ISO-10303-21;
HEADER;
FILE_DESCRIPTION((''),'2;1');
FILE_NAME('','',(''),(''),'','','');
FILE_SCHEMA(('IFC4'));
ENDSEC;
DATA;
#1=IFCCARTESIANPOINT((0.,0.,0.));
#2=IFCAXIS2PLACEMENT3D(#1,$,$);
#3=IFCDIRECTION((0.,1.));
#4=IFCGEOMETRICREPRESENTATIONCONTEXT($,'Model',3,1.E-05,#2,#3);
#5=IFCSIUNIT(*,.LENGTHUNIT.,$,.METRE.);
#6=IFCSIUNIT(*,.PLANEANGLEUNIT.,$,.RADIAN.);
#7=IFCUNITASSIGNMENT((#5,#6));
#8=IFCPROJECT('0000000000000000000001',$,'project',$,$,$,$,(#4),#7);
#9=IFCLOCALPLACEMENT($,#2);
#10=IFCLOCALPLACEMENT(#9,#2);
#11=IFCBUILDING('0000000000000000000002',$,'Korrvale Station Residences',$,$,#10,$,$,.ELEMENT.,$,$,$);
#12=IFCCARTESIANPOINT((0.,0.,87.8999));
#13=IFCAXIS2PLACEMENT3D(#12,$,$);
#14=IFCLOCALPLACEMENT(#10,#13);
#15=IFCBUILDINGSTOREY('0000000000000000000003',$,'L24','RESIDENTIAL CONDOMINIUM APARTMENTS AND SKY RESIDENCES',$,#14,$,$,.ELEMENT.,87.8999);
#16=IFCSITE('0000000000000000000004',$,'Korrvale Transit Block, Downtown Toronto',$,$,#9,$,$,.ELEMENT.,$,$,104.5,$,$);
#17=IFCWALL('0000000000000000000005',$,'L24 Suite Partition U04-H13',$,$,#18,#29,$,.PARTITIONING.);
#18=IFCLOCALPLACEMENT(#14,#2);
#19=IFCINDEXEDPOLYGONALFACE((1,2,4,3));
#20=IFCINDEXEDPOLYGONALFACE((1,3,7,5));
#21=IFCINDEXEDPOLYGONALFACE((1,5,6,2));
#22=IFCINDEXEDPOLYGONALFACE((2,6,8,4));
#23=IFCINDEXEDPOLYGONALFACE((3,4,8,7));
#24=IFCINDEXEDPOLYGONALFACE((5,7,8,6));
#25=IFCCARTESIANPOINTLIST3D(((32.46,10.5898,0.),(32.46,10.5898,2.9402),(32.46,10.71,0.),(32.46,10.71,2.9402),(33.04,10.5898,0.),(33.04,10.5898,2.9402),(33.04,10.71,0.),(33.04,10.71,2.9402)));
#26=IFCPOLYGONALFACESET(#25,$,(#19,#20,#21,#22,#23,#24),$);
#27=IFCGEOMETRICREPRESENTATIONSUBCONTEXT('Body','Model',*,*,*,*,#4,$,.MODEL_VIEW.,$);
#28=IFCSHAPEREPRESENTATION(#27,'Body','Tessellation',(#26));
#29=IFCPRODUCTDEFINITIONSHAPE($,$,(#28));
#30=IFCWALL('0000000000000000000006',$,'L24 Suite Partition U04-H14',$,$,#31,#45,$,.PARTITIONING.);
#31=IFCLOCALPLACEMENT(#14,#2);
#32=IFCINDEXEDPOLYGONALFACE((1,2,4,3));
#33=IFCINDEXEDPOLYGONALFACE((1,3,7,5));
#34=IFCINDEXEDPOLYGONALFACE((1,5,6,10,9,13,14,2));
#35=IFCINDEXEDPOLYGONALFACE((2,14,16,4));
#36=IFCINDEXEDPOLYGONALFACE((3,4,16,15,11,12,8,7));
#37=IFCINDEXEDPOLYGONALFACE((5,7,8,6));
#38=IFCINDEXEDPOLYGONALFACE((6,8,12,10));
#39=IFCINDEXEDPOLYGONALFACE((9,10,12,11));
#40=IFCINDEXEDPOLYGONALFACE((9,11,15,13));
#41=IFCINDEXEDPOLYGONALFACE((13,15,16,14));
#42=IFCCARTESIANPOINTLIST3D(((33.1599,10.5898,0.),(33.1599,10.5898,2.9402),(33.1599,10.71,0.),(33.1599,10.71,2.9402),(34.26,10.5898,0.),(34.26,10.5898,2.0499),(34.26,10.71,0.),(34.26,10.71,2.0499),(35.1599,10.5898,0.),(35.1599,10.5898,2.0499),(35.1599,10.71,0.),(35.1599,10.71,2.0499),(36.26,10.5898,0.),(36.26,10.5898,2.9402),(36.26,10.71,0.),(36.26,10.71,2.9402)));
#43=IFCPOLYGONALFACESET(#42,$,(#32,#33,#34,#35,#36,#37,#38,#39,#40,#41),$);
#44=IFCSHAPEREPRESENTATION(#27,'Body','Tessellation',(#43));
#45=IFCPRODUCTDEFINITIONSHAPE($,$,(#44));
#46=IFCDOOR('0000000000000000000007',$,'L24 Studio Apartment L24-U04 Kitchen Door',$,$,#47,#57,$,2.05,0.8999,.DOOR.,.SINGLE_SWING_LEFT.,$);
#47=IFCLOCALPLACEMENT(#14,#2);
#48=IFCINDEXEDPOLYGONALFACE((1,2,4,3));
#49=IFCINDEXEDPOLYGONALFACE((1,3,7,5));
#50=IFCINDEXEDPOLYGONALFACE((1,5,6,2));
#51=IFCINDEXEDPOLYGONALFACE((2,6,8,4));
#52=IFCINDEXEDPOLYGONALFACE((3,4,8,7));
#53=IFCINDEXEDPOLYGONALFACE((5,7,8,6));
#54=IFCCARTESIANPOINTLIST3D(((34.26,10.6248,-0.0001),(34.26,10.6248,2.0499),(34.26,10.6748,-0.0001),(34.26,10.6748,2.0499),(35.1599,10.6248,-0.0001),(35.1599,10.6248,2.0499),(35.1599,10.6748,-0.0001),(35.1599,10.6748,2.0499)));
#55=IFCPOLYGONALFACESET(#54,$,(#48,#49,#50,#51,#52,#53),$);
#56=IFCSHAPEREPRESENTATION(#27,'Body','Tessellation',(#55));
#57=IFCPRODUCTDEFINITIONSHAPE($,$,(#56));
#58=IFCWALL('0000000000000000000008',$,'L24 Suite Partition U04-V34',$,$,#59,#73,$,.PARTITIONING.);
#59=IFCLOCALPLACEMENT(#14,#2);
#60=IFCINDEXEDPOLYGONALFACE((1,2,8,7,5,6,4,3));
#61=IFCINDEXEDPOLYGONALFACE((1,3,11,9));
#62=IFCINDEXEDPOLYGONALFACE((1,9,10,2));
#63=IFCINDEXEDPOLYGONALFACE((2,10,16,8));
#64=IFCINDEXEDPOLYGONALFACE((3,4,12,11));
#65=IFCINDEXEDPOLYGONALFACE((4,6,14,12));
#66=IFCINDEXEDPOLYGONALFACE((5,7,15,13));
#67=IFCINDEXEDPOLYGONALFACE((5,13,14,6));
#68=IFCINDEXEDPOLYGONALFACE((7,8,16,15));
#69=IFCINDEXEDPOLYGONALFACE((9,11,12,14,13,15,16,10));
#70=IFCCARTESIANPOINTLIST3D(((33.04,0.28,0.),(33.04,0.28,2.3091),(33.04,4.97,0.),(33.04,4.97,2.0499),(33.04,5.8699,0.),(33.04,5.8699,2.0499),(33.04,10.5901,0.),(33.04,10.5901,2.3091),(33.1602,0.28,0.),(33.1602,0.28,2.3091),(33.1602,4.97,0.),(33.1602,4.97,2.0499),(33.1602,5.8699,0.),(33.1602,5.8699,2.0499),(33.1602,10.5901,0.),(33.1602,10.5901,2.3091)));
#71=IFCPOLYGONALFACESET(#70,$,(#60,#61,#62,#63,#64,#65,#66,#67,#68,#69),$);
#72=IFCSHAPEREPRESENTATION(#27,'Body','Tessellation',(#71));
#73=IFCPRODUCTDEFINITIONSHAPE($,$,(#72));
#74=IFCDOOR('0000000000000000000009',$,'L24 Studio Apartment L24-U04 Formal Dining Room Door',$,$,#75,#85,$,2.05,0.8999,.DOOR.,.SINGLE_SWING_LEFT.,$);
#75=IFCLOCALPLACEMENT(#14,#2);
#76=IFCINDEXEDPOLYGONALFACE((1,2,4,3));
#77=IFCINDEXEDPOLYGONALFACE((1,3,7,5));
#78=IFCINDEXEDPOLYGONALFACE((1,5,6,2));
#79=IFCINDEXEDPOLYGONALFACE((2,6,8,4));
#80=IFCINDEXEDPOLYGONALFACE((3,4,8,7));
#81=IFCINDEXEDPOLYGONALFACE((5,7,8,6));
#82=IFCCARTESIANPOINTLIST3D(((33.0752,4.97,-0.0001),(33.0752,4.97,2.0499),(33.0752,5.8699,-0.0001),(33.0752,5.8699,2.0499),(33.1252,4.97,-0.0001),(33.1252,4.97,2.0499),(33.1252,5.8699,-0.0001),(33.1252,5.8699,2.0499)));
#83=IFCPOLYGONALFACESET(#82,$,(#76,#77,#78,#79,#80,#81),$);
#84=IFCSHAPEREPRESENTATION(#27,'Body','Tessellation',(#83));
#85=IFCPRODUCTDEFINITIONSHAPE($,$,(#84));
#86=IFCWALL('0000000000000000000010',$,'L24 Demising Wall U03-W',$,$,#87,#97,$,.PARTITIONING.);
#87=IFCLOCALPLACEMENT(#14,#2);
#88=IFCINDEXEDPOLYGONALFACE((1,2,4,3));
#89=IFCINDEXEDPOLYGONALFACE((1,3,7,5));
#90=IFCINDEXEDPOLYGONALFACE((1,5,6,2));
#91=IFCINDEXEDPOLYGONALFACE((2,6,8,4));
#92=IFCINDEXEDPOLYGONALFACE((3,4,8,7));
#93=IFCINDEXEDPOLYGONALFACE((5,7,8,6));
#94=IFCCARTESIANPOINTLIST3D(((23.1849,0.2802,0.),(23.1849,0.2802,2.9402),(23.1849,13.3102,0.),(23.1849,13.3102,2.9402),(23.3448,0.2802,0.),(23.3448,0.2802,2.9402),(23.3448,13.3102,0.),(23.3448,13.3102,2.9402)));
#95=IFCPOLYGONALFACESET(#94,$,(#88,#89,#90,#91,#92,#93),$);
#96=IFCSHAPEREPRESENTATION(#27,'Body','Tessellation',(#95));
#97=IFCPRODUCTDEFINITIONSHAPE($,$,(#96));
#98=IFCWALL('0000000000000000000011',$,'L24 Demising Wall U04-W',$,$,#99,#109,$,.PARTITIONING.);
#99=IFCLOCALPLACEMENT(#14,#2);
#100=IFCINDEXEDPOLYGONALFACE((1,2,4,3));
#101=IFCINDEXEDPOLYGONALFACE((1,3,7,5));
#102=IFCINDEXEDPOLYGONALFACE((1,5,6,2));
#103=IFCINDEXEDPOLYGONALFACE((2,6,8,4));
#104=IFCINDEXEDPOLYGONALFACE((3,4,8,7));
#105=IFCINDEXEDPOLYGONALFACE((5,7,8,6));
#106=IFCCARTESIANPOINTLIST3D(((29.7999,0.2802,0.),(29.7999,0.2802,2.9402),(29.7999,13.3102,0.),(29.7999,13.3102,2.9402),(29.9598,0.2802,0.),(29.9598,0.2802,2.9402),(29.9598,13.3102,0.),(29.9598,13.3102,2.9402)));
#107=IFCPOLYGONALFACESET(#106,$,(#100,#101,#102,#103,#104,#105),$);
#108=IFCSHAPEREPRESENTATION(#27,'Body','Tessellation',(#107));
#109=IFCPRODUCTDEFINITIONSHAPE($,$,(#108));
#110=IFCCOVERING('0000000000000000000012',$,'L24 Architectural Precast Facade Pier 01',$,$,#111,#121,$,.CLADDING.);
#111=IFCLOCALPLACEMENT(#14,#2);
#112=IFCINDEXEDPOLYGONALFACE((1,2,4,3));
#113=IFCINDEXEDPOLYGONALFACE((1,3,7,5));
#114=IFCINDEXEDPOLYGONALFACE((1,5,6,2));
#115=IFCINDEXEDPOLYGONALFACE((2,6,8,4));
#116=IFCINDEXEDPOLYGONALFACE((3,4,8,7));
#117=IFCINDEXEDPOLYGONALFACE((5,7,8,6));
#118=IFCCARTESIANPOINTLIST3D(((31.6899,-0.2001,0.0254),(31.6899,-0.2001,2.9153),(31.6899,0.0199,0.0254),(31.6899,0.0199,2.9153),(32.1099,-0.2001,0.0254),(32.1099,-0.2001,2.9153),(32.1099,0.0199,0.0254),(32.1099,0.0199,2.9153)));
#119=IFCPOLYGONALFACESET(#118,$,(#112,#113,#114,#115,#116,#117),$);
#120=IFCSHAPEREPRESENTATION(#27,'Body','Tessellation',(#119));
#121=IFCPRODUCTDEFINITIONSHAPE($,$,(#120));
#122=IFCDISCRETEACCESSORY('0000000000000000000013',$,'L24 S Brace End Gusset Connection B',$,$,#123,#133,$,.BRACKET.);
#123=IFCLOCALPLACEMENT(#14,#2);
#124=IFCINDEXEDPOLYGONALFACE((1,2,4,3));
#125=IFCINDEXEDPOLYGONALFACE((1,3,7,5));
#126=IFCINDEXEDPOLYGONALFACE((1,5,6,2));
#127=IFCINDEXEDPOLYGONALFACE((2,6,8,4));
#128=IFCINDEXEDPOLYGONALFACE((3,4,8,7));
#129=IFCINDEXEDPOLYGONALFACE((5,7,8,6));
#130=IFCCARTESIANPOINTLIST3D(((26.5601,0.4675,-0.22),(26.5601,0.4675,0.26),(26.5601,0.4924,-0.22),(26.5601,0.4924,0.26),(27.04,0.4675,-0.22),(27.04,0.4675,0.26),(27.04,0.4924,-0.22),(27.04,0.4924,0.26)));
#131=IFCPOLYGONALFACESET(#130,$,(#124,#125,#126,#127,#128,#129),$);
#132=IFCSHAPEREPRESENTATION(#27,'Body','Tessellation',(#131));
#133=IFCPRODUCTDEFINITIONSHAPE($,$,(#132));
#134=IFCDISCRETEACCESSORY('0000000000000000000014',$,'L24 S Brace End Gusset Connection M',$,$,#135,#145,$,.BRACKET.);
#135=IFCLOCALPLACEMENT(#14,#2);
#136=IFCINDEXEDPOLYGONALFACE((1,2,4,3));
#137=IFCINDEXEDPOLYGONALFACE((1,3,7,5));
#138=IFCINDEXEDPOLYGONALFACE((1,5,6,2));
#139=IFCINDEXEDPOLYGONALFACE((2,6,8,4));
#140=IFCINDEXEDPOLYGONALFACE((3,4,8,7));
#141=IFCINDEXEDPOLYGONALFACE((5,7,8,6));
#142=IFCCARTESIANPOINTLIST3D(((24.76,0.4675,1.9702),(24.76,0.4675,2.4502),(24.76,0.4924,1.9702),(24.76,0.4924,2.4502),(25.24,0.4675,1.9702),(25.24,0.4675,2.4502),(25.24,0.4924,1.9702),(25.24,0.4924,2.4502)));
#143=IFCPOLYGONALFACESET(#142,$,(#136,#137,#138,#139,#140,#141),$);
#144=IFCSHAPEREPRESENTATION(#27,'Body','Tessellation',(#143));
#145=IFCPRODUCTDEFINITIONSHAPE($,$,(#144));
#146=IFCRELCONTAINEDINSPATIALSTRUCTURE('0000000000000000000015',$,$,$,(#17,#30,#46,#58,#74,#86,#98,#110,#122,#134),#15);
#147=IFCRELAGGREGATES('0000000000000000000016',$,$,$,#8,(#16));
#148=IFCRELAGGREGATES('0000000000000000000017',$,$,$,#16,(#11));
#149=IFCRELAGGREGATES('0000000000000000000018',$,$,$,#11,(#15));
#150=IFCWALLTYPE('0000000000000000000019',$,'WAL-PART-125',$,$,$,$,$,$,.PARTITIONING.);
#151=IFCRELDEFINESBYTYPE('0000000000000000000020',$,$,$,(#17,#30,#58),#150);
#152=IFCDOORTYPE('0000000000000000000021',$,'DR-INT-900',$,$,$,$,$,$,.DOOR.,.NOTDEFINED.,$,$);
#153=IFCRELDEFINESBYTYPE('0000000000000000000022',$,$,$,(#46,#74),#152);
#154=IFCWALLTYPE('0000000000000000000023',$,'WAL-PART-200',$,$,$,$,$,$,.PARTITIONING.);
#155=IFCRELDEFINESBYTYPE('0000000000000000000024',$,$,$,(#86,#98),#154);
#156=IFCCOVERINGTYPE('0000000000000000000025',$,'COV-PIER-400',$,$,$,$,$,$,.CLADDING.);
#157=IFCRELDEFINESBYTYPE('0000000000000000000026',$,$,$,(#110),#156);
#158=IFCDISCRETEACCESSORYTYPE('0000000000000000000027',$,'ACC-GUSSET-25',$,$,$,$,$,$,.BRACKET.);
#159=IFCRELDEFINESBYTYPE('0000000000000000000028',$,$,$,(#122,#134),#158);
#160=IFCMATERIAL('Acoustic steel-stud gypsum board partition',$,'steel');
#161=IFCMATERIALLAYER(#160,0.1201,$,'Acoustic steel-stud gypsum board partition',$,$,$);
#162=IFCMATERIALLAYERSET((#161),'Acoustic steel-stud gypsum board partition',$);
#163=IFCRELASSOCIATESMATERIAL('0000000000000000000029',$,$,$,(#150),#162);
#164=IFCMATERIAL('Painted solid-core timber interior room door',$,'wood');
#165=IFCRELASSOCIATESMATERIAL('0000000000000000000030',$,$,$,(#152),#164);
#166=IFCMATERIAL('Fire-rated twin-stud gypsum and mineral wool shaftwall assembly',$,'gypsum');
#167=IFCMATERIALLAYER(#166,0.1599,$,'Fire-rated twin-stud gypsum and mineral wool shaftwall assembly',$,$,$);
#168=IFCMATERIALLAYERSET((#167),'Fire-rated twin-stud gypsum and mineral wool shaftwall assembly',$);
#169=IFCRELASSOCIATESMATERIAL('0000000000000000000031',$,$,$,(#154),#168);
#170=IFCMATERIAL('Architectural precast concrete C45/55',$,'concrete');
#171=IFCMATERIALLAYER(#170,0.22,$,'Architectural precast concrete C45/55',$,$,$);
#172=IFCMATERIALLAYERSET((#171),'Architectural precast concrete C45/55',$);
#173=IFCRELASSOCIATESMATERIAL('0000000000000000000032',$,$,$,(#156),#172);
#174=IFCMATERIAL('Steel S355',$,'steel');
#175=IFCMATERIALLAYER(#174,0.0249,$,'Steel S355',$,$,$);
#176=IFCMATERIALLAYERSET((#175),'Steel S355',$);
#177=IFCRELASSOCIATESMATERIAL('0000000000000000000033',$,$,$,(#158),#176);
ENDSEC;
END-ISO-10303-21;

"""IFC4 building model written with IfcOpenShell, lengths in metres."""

from ifc_helpers import new_model, si_unit, direction, frame, frame_2d, origin, origin_2d, place, context, subcontext, project, spatial, rectangle, extrude, material, layer, layer_set, type_object, element, fill, save


model = new_model("IFC4")

# Units and contexts
model_context = context("Model", 3, precision=1e-05, world=origin(), true_north=direction((0.0, 1.0)))
body_context = subcontext(model_context, "Body", "Model", "MODEL_VIEW")
ifc_project = project(units=[si_unit("LENGTHUNIT", "METRE"), si_unit("PLANEANGLEUNIT", "RADIAN")], contexts=[model_context])

# Site, building, storey
site_placement = place(None, origin())
site = spatial("IfcSite", under=ifc_project, at=site_placement, Name="Korrvale Transit Block, Downtown Toronto", CompositionType="ELEMENT", RefElevation=104.5)
building_placement = place(site_placement, origin())
building = spatial("IfcBuilding", under=site, at=building_placement, Name="Korrvale Station Residences", CompositionType="ELEMENT")
storey_placement = place(building_placement, frame((0.0, 0.0, 87.8999)))
storey = spatial("IfcBuildingStorey", under=building, at=storey_placement, Name="L24", Description="RESIDENTIAL CONDOMINIUM APARTMENTS AND SKY RESIDENCES", CompositionType="ELEMENT", Elevation=87.8999)

# Shared definitions
ifc_material_1 = material(Name="Steel S355", Category="steel")

# Shared definitions
ifc_material_2 = material(Name="Acoustic steel-stud gypsum board partition", Category="steel")
ifc_layer_1 = layer(ifc_material_2, 0.1201, Name="Acoustic steel-stud gypsum board partition")
ifc_layer_set_1 = layer_set([ifc_layer_1], Name="Acoustic steel-stud gypsum board partition")
wall_type_1 = type_object("IfcWallType", Name="WAL-PART-125", PredefinedType="PARTITIONING", material=ifc_layer_set_1)

# Shared definitions
ifc_material_3 = material(Name="Painted solid-core timber interior room door", Category="wood")
door_type_1 = type_object("IfcDoorType", Name="DR-INT-900", OperationType="NOTDEFINED", PredefinedType="DOOR", material=ifc_material_3)

# Wall
wall_1_placement = place(storey_placement, frame((32.46, 10.6499, 0.0), z_axis=(0.0, 0.0, 1.0), x_axis=(1.0, 0.0, 0.0)))
element("IfcWall", 1, at=wall_1_placement, inside=storey, type_object=wall_type_1, Name="L24 Suite Partition U04-H13", PredefinedType="PARTITIONING", context=body_context, shape_type="SweptSolid", body=[
    extrude(rectangle(XDim=0.5801, YDim=0.1201, at=frame_2d((0.29, 0.0))), origin(), (0.0, 0.0, 1.0), 2.9402),
])

# Walls, openings, doors
wall_2_placement = place(storey_placement, frame((33.1599, 10.6499, 0.0), z_axis=(0.0, 0.0, 1.0), x_axis=(1.0, 0.0, 0.0)))
wall_2 = element("IfcWall", 2, at=wall_2_placement, inside=storey, type_object=wall_type_1, Name="L24 Suite Partition U04-H14", PredefinedType="PARTITIONING", context=body_context, shape_type="SweptSolid", body=[
    extrude(rectangle(XDim=3.1001, YDim=0.1201, at=frame_2d((1.55, 0.0))), origin(), (0.0, 0.0, 1.0), 2.9402),
])
opening_1_placement = place(wall_2_placement, frame((1.1001, 0.0, 0.0)))
opening_1 = element("IfcOpeningElement", 3, at=opening_1_placement, cuts=wall_2, PredefinedType="OPENING", context=body_context, shape_type="SweptSolid", body=[
    extrude(rectangle(XDim=0.8999, YDim=2.05, at=frame_2d((0.45, 1.0249))), frame((0.0, 0.0701, 0.0), z_axis=(0.0, -1.0, 0.0), x_axis=(1.0, 0.0, 0.0)), (0.0, 0.0, 1.0), 0.1401),
])
door_1_placement = place(opening_1_placement, origin())
door_1 = element("IfcDoor", 4, at=door_1_placement, inside=storey, type_object=door_type_1, Name="L24 Studio Apartment L24-U04 Kitchen Door", OperationType="SINGLE_SWING_LEFT", OverallHeight=2.05, OverallWidth=0.8999, PredefinedType="DOOR", context=body_context, shape_type="SweptSolid", body=[
    extrude(rectangle(XDim=0.8999, YDim=2.05, at=frame_2d((0.45, 1.0249))), frame((0.0, 0.0249, 0.0), z_axis=(0.0, -1.0, 0.0), x_axis=(1.0, 0.0, 0.0)), (0.0, 0.0, 1.0), 0.05),
])
fill(opening_1, door_1)
wall_3_placement = place(storey_placement, frame((33.1001, 0.28, 0.0), z_axis=(0.0, 0.0, 1.0), x_axis=(0.0, 1.0, 0.0)))
wall_3 = element("IfcWall", 5, at=wall_3_placement, inside=storey, type_object=wall_type_1, Name="L24 Suite Partition U04-V34", PredefinedType="PARTITIONING", context=body_context, shape_type="SweptSolid", body=[
    extrude(rectangle(XDim=10.3101, YDim=0.1201, at=frame_2d((5.155, 0.0))), origin(), (0.0, 0.0, 1.0), 2.3091),
])
opening_2_placement = place(wall_3_placement, frame((4.6899, 0.0, 0.0)))
opening_2 = element("IfcOpeningElement", 6, at=opening_2_placement, cuts=wall_3, PredefinedType="OPENING", context=body_context, shape_type="SweptSolid", body=[
    extrude(rectangle(XDim=0.8999, YDim=2.05, at=frame_2d((0.45, 1.0249))), frame((0.0, 0.0701, 0.0), z_axis=(0.0, -1.0, 0.0), x_axis=(1.0, 0.0, 0.0)), (0.0, 0.0, 1.0), 0.1401),
])
door_2_placement = place(opening_2_placement, origin())
door_2 = element("IfcDoor", 7, at=door_2_placement, inside=storey, type_object=door_type_1, Name="L24 Studio Apartment L24-U04 Formal Dining Room Door", OperationType="SINGLE_SWING_LEFT", OverallHeight=2.05, OverallWidth=0.8999, PredefinedType="DOOR", context=body_context, shape_type="SweptSolid", body=[
    extrude(rectangle(XDim=0.8999, YDim=2.05, at=frame_2d((0.45, 1.0249))), frame((0.0, 0.0249, 0.0), z_axis=(0.0, -1.0, 0.0), x_axis=(1.0, 0.0, 0.0)), (0.0, 0.0, 1.0), 0.05),
])
fill(opening_2, door_2)

# Walls
ifc_material_4 = material(Name="Fire-rated twin-stud gypsum and mineral wool shaftwall assembly", Category="gypsum")
ifc_layer_2 = layer(ifc_material_4, 0.1599, Name="Fire-rated twin-stud gypsum and mineral wool shaftwall assembly")
ifc_layer_set_2 = layer_set([ifc_layer_2], Name="Fire-rated twin-stud gypsum and mineral wool shaftwall assembly")
wall_type_2 = type_object("IfcWallType", Name="WAL-PART-200", PredefinedType="PARTITIONING", material=ifc_layer_set_2)
for number, where, z_axis, x_axis, name in (
    (8, (23.2649, 0.28, 0.0), (0.0, 0.0, 1.0), (0.0, 1.0, 0.0), "L24 Demising Wall U03-W"),
    (9, (29.8799, 0.28, 0.0), (0.0, 0.0, 1.0), (0.0, 1.0, 0.0), "L24 Demising Wall U04-W"),
):
    element("IfcWall", number, at=place(storey_placement, frame(where, z_axis=z_axis, x_axis=x_axis)), inside=storey, type_object=wall_type_2, Name=name, PredefinedType="PARTITIONING", context=body_context, shape_type="SweptSolid", body=[
        extrude(rectangle(XDim=13.03, YDim=0.1599, at=frame_2d((6.5151, 0.0))), origin(), (0.0, 0.0, 1.0), 2.9402),
    ])

# Covering
ifc_material_5 = material(Name="Architectural precast concrete C45/55", Category="concrete")
ifc_layer_3 = layer(ifc_material_5, 0.22, Name="Architectural precast concrete C45/55")
ifc_layer_set_3 = layer_set([ifc_layer_3], Name="Architectural precast concrete C45/55")
covering_type = type_object("IfcCoveringType", Name="COV-PIER-400", PredefinedType="CLADDING", material=ifc_layer_set_3)
covering_placement = place(storey_placement, frame((31.8999, -0.0901, 0.0254), z_axis=(0.0, 0.0, 1.0), x_axis=(1.0, 0.0, 0.0)))
element("IfcCovering", 10, at=covering_placement, inside=storey, type_object=covering_type, Name="L24 Architectural Precast Facade Pier 01", PredefinedType="CLADDING", context=body_context, shape_type="SweptSolid", body=[
    extrude(rectangle(XDim=0.4199, YDim=0.22, at=origin_2d()), origin(), (0.0, 0.0, 1.0), 2.8899),
])

# Discrete accessories
ifc_layer_4 = layer(ifc_material_1, 0.0249, Name="Steel S355")
ifc_layer_set_4 = layer_set([ifc_layer_4], Name="Steel S355")
discrete_accessory_type = type_object("IfcDiscreteAccessoryType", Name="ACC-GUSSET-25", PredefinedType="BRACKET", material=ifc_layer_set_4)
for number, where, z_axis, x_axis, name in (
    (11, (26.8, 0.48, -0.22), (0.0, 0.0, 1.0), (1.0, 0.0, 0.0), "L24 S Brace End Gusset Connection B"),
    (12, (25.0, 0.48, 1.9702), (0.0, 0.0, 1.0), (1.0, 0.0, 0.0), "L24 S Brace End Gusset Connection M"),
):
    element("IfcDiscreteAccessory", number, at=place(storey_placement, frame(where, z_axis=z_axis, x_axis=x_axis)), inside=storey, type_object=discrete_accessory_type, Name=name, PredefinedType="BRACKET", context=body_context, shape_type="SweptSolid", body=[
        extrude(rectangle(XDim=0.48, YDim=0.0249, at=origin_2d()), origin(), (0.0, 0.0, 1.0), 0.48),
    ])

save(model, "model.ifc")
